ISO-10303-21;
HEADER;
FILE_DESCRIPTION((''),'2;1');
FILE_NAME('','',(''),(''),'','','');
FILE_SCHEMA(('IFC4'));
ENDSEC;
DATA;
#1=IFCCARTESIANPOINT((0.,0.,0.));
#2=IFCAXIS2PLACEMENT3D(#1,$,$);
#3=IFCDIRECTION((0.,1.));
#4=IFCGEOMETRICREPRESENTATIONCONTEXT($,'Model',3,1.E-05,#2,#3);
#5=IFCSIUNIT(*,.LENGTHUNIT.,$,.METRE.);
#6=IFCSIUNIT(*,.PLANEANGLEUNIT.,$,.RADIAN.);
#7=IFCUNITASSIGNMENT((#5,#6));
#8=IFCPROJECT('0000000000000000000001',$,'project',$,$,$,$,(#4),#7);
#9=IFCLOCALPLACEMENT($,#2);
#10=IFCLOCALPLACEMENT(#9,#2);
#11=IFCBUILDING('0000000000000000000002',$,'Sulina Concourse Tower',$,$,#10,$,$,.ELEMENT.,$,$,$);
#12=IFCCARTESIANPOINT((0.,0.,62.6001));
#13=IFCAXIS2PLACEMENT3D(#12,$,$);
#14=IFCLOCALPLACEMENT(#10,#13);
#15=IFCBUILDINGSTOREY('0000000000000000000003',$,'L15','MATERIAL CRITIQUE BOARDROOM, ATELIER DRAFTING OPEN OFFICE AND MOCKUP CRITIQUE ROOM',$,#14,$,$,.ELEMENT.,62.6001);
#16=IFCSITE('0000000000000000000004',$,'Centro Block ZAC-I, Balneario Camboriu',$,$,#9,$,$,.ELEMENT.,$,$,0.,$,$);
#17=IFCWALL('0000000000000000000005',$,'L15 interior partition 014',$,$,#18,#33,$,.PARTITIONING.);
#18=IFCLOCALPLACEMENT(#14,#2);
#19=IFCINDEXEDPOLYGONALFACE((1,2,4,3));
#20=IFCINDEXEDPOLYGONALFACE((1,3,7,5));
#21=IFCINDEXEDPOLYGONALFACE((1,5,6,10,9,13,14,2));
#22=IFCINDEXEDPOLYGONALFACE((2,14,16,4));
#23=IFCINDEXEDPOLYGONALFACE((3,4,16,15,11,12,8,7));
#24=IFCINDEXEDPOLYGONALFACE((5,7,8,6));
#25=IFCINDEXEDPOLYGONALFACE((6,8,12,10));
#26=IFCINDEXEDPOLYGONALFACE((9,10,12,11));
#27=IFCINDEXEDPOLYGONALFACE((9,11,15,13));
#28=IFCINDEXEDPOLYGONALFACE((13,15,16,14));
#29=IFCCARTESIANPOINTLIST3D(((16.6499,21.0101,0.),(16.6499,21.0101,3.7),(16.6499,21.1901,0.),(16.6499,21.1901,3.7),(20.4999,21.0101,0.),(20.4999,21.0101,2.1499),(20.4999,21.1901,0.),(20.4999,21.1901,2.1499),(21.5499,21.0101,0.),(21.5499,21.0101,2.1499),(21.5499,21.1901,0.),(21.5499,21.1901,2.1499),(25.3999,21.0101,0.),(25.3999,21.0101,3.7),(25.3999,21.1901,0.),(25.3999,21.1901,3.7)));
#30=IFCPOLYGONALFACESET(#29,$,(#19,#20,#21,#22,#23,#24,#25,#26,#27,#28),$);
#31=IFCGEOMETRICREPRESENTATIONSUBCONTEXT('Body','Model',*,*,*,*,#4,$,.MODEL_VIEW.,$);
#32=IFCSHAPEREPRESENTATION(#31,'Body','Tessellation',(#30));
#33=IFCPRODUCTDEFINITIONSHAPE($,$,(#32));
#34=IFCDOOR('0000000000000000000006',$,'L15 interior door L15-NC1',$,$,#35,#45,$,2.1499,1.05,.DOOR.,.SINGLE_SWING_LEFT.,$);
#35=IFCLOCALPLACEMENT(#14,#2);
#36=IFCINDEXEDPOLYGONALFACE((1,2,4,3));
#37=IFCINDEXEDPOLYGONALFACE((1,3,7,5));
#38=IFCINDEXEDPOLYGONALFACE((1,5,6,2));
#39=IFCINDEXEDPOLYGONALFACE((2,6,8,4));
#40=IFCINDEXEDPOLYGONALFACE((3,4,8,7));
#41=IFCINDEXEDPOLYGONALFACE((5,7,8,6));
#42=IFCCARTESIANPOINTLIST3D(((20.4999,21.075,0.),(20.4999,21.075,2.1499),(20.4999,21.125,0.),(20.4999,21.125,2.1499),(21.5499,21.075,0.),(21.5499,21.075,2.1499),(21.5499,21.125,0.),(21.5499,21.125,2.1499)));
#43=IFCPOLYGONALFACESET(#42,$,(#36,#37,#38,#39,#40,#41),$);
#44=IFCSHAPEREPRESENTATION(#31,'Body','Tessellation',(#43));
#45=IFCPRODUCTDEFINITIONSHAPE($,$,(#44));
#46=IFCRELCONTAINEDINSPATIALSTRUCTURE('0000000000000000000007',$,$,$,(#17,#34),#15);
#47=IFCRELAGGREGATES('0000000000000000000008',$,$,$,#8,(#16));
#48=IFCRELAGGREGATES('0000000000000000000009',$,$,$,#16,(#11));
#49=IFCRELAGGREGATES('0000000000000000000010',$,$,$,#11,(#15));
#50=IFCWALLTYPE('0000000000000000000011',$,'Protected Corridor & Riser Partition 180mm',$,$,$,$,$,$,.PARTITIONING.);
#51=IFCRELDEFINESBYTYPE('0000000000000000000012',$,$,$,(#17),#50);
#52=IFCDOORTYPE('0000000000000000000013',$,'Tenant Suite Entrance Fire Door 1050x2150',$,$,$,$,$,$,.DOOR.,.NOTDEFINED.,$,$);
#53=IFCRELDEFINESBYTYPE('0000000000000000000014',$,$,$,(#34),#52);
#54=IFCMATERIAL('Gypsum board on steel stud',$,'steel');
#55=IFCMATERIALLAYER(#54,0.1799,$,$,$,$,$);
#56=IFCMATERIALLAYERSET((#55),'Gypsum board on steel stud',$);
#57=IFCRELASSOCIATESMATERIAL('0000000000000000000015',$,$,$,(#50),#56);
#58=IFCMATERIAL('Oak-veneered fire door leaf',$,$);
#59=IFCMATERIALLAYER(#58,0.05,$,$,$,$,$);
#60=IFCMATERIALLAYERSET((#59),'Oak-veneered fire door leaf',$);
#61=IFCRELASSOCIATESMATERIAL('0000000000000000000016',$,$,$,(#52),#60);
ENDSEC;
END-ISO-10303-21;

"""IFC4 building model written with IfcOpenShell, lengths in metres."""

from ifc_helpers import new_model, si_unit, direction, frame, frame_2d, origin, place, context, subcontext, project, spatial, rectangle, extrude, material, layer, layer_set, type_object, element, fill, save


model = new_model("IFC4")

# Units and contexts
model_context = context("Model", 3, precision=1e-05, world=origin(), true_north=direction((0.0, 1.0)))
body_context = subcontext(model_context, "Body", "Model", "MODEL_VIEW")
ifc_project = project(units=[si_unit("LENGTHUNIT", "METRE"), si_unit("PLANEANGLEUNIT", "RADIAN")], contexts=[model_context])

# Site, building, storey
site_placement = place(None, origin())
site = spatial("IfcSite", under=ifc_project, at=site_placement, Name="Centro Block ZAC-I, Balneario Camboriu", CompositionType="ELEMENT", RefElevation=0.0)
building_placement = place(site_placement, origin())
building = spatial("IfcBuilding", under=site, at=building_placement, Name="Sulina Concourse Tower", CompositionType="ELEMENT")
storey_placement = place(building_placement, frame((0.0, 0.0, 62.6001)))
storey = spatial("IfcBuildingStorey", under=building, at=storey_placement, Name="L15", Description="MATERIAL CRITIQUE BOARDROOM, ATELIER DRAFTING OPEN OFFICE AND MOCKUP CRITIQUE ROOM", CompositionType="ELEMENT", Elevation=62.6001)

# Shared definitions
ifc_material_1 = material(Name="Gypsum board on steel stud", Category="steel")
ifc_layer_1 = layer(ifc_material_1, 0.1799)
ifc_layer_set_1 = layer_set([ifc_layer_1], Name="Gypsum board on steel stud")
wall_type_1 = type_object("IfcWallType", Name="Protected Corridor & Riser Partition 180mm", PredefinedType="PARTITIONING", material=ifc_layer_set_1)

# Wall, opening, door
wall_1_placement = place(storey_placement, frame((16.6499, 21.1001, 0.0), z_axis=(0.0, 0.0, 1.0), x_axis=(1.0, 0.0, 0.0)))
wall_1 = element("IfcWall", 1, at=wall_1_placement, inside=storey, type_object=wall_type_1, Name="L15 interior partition 014", PredefinedType="PARTITIONING", context=body_context, shape_type="SweptSolid", body=[
    extrude(rectangle(XDim=8.75, YDim=0.1799, at=frame_2d((4.375, 0.0))), origin(), (0.0, 0.0, 1.0), 3.7),
])
opening_1_placement = place(wall_1_placement, frame((3.8501, 0.0, 0.0)))
opening_1 = element("IfcOpeningElement", 2, at=opening_1_placement, cuts=wall_1, PredefinedType="OPENING", context=body_context, shape_type="SweptSolid", body=[
    extrude(rectangle(XDim=1.05, YDim=2.1499, at=frame_2d((0.5249, 1.075))), frame((0.0, 0.0999, 0.0), z_axis=(0.0, -1.0, 0.0), x_axis=(1.0, 0.0, 0.0)), (0.0, 0.0, 1.0), 0.2),
])
ifc_material_2 = material(Name="Oak-veneered fire door leaf")
ifc_layer_2 = layer(ifc_material_2, 0.05)
ifc_layer_set_2 = layer_set([ifc_layer_2], Name="Oak-veneered fire door leaf")
door_type_1 = type_object("IfcDoorType", Name="Tenant Suite Entrance Fire Door 1050x2150", OperationType="NOTDEFINED", PredefinedType="DOOR", material=ifc_layer_set_2)
door_1_placement = place(opening_1_placement, origin())
door_1 = element("IfcDoor", 3, at=door_1_placement, inside=storey, type_object=door_type_1, Name="L15 interior door L15-NC1", OperationType="SINGLE_SWING_LEFT", OverallHeight=2.1499, OverallWidth=1.05, PredefinedType="DOOR", context=body_context, shape_type="SweptSolid", body=[
    extrude(rectangle(XDim=1.05, YDim=2.1499, at=frame_2d((0.5249, 1.075))), frame((0.0, 0.0249, 0.0), z_axis=(0.0, -1.0, 0.0), x_axis=(1.0, 0.0, 0.0)), (0.0, 0.0, 1.0), 0.05),
])
fill(opening_1, door_1)

save(model, "model.ifc")
